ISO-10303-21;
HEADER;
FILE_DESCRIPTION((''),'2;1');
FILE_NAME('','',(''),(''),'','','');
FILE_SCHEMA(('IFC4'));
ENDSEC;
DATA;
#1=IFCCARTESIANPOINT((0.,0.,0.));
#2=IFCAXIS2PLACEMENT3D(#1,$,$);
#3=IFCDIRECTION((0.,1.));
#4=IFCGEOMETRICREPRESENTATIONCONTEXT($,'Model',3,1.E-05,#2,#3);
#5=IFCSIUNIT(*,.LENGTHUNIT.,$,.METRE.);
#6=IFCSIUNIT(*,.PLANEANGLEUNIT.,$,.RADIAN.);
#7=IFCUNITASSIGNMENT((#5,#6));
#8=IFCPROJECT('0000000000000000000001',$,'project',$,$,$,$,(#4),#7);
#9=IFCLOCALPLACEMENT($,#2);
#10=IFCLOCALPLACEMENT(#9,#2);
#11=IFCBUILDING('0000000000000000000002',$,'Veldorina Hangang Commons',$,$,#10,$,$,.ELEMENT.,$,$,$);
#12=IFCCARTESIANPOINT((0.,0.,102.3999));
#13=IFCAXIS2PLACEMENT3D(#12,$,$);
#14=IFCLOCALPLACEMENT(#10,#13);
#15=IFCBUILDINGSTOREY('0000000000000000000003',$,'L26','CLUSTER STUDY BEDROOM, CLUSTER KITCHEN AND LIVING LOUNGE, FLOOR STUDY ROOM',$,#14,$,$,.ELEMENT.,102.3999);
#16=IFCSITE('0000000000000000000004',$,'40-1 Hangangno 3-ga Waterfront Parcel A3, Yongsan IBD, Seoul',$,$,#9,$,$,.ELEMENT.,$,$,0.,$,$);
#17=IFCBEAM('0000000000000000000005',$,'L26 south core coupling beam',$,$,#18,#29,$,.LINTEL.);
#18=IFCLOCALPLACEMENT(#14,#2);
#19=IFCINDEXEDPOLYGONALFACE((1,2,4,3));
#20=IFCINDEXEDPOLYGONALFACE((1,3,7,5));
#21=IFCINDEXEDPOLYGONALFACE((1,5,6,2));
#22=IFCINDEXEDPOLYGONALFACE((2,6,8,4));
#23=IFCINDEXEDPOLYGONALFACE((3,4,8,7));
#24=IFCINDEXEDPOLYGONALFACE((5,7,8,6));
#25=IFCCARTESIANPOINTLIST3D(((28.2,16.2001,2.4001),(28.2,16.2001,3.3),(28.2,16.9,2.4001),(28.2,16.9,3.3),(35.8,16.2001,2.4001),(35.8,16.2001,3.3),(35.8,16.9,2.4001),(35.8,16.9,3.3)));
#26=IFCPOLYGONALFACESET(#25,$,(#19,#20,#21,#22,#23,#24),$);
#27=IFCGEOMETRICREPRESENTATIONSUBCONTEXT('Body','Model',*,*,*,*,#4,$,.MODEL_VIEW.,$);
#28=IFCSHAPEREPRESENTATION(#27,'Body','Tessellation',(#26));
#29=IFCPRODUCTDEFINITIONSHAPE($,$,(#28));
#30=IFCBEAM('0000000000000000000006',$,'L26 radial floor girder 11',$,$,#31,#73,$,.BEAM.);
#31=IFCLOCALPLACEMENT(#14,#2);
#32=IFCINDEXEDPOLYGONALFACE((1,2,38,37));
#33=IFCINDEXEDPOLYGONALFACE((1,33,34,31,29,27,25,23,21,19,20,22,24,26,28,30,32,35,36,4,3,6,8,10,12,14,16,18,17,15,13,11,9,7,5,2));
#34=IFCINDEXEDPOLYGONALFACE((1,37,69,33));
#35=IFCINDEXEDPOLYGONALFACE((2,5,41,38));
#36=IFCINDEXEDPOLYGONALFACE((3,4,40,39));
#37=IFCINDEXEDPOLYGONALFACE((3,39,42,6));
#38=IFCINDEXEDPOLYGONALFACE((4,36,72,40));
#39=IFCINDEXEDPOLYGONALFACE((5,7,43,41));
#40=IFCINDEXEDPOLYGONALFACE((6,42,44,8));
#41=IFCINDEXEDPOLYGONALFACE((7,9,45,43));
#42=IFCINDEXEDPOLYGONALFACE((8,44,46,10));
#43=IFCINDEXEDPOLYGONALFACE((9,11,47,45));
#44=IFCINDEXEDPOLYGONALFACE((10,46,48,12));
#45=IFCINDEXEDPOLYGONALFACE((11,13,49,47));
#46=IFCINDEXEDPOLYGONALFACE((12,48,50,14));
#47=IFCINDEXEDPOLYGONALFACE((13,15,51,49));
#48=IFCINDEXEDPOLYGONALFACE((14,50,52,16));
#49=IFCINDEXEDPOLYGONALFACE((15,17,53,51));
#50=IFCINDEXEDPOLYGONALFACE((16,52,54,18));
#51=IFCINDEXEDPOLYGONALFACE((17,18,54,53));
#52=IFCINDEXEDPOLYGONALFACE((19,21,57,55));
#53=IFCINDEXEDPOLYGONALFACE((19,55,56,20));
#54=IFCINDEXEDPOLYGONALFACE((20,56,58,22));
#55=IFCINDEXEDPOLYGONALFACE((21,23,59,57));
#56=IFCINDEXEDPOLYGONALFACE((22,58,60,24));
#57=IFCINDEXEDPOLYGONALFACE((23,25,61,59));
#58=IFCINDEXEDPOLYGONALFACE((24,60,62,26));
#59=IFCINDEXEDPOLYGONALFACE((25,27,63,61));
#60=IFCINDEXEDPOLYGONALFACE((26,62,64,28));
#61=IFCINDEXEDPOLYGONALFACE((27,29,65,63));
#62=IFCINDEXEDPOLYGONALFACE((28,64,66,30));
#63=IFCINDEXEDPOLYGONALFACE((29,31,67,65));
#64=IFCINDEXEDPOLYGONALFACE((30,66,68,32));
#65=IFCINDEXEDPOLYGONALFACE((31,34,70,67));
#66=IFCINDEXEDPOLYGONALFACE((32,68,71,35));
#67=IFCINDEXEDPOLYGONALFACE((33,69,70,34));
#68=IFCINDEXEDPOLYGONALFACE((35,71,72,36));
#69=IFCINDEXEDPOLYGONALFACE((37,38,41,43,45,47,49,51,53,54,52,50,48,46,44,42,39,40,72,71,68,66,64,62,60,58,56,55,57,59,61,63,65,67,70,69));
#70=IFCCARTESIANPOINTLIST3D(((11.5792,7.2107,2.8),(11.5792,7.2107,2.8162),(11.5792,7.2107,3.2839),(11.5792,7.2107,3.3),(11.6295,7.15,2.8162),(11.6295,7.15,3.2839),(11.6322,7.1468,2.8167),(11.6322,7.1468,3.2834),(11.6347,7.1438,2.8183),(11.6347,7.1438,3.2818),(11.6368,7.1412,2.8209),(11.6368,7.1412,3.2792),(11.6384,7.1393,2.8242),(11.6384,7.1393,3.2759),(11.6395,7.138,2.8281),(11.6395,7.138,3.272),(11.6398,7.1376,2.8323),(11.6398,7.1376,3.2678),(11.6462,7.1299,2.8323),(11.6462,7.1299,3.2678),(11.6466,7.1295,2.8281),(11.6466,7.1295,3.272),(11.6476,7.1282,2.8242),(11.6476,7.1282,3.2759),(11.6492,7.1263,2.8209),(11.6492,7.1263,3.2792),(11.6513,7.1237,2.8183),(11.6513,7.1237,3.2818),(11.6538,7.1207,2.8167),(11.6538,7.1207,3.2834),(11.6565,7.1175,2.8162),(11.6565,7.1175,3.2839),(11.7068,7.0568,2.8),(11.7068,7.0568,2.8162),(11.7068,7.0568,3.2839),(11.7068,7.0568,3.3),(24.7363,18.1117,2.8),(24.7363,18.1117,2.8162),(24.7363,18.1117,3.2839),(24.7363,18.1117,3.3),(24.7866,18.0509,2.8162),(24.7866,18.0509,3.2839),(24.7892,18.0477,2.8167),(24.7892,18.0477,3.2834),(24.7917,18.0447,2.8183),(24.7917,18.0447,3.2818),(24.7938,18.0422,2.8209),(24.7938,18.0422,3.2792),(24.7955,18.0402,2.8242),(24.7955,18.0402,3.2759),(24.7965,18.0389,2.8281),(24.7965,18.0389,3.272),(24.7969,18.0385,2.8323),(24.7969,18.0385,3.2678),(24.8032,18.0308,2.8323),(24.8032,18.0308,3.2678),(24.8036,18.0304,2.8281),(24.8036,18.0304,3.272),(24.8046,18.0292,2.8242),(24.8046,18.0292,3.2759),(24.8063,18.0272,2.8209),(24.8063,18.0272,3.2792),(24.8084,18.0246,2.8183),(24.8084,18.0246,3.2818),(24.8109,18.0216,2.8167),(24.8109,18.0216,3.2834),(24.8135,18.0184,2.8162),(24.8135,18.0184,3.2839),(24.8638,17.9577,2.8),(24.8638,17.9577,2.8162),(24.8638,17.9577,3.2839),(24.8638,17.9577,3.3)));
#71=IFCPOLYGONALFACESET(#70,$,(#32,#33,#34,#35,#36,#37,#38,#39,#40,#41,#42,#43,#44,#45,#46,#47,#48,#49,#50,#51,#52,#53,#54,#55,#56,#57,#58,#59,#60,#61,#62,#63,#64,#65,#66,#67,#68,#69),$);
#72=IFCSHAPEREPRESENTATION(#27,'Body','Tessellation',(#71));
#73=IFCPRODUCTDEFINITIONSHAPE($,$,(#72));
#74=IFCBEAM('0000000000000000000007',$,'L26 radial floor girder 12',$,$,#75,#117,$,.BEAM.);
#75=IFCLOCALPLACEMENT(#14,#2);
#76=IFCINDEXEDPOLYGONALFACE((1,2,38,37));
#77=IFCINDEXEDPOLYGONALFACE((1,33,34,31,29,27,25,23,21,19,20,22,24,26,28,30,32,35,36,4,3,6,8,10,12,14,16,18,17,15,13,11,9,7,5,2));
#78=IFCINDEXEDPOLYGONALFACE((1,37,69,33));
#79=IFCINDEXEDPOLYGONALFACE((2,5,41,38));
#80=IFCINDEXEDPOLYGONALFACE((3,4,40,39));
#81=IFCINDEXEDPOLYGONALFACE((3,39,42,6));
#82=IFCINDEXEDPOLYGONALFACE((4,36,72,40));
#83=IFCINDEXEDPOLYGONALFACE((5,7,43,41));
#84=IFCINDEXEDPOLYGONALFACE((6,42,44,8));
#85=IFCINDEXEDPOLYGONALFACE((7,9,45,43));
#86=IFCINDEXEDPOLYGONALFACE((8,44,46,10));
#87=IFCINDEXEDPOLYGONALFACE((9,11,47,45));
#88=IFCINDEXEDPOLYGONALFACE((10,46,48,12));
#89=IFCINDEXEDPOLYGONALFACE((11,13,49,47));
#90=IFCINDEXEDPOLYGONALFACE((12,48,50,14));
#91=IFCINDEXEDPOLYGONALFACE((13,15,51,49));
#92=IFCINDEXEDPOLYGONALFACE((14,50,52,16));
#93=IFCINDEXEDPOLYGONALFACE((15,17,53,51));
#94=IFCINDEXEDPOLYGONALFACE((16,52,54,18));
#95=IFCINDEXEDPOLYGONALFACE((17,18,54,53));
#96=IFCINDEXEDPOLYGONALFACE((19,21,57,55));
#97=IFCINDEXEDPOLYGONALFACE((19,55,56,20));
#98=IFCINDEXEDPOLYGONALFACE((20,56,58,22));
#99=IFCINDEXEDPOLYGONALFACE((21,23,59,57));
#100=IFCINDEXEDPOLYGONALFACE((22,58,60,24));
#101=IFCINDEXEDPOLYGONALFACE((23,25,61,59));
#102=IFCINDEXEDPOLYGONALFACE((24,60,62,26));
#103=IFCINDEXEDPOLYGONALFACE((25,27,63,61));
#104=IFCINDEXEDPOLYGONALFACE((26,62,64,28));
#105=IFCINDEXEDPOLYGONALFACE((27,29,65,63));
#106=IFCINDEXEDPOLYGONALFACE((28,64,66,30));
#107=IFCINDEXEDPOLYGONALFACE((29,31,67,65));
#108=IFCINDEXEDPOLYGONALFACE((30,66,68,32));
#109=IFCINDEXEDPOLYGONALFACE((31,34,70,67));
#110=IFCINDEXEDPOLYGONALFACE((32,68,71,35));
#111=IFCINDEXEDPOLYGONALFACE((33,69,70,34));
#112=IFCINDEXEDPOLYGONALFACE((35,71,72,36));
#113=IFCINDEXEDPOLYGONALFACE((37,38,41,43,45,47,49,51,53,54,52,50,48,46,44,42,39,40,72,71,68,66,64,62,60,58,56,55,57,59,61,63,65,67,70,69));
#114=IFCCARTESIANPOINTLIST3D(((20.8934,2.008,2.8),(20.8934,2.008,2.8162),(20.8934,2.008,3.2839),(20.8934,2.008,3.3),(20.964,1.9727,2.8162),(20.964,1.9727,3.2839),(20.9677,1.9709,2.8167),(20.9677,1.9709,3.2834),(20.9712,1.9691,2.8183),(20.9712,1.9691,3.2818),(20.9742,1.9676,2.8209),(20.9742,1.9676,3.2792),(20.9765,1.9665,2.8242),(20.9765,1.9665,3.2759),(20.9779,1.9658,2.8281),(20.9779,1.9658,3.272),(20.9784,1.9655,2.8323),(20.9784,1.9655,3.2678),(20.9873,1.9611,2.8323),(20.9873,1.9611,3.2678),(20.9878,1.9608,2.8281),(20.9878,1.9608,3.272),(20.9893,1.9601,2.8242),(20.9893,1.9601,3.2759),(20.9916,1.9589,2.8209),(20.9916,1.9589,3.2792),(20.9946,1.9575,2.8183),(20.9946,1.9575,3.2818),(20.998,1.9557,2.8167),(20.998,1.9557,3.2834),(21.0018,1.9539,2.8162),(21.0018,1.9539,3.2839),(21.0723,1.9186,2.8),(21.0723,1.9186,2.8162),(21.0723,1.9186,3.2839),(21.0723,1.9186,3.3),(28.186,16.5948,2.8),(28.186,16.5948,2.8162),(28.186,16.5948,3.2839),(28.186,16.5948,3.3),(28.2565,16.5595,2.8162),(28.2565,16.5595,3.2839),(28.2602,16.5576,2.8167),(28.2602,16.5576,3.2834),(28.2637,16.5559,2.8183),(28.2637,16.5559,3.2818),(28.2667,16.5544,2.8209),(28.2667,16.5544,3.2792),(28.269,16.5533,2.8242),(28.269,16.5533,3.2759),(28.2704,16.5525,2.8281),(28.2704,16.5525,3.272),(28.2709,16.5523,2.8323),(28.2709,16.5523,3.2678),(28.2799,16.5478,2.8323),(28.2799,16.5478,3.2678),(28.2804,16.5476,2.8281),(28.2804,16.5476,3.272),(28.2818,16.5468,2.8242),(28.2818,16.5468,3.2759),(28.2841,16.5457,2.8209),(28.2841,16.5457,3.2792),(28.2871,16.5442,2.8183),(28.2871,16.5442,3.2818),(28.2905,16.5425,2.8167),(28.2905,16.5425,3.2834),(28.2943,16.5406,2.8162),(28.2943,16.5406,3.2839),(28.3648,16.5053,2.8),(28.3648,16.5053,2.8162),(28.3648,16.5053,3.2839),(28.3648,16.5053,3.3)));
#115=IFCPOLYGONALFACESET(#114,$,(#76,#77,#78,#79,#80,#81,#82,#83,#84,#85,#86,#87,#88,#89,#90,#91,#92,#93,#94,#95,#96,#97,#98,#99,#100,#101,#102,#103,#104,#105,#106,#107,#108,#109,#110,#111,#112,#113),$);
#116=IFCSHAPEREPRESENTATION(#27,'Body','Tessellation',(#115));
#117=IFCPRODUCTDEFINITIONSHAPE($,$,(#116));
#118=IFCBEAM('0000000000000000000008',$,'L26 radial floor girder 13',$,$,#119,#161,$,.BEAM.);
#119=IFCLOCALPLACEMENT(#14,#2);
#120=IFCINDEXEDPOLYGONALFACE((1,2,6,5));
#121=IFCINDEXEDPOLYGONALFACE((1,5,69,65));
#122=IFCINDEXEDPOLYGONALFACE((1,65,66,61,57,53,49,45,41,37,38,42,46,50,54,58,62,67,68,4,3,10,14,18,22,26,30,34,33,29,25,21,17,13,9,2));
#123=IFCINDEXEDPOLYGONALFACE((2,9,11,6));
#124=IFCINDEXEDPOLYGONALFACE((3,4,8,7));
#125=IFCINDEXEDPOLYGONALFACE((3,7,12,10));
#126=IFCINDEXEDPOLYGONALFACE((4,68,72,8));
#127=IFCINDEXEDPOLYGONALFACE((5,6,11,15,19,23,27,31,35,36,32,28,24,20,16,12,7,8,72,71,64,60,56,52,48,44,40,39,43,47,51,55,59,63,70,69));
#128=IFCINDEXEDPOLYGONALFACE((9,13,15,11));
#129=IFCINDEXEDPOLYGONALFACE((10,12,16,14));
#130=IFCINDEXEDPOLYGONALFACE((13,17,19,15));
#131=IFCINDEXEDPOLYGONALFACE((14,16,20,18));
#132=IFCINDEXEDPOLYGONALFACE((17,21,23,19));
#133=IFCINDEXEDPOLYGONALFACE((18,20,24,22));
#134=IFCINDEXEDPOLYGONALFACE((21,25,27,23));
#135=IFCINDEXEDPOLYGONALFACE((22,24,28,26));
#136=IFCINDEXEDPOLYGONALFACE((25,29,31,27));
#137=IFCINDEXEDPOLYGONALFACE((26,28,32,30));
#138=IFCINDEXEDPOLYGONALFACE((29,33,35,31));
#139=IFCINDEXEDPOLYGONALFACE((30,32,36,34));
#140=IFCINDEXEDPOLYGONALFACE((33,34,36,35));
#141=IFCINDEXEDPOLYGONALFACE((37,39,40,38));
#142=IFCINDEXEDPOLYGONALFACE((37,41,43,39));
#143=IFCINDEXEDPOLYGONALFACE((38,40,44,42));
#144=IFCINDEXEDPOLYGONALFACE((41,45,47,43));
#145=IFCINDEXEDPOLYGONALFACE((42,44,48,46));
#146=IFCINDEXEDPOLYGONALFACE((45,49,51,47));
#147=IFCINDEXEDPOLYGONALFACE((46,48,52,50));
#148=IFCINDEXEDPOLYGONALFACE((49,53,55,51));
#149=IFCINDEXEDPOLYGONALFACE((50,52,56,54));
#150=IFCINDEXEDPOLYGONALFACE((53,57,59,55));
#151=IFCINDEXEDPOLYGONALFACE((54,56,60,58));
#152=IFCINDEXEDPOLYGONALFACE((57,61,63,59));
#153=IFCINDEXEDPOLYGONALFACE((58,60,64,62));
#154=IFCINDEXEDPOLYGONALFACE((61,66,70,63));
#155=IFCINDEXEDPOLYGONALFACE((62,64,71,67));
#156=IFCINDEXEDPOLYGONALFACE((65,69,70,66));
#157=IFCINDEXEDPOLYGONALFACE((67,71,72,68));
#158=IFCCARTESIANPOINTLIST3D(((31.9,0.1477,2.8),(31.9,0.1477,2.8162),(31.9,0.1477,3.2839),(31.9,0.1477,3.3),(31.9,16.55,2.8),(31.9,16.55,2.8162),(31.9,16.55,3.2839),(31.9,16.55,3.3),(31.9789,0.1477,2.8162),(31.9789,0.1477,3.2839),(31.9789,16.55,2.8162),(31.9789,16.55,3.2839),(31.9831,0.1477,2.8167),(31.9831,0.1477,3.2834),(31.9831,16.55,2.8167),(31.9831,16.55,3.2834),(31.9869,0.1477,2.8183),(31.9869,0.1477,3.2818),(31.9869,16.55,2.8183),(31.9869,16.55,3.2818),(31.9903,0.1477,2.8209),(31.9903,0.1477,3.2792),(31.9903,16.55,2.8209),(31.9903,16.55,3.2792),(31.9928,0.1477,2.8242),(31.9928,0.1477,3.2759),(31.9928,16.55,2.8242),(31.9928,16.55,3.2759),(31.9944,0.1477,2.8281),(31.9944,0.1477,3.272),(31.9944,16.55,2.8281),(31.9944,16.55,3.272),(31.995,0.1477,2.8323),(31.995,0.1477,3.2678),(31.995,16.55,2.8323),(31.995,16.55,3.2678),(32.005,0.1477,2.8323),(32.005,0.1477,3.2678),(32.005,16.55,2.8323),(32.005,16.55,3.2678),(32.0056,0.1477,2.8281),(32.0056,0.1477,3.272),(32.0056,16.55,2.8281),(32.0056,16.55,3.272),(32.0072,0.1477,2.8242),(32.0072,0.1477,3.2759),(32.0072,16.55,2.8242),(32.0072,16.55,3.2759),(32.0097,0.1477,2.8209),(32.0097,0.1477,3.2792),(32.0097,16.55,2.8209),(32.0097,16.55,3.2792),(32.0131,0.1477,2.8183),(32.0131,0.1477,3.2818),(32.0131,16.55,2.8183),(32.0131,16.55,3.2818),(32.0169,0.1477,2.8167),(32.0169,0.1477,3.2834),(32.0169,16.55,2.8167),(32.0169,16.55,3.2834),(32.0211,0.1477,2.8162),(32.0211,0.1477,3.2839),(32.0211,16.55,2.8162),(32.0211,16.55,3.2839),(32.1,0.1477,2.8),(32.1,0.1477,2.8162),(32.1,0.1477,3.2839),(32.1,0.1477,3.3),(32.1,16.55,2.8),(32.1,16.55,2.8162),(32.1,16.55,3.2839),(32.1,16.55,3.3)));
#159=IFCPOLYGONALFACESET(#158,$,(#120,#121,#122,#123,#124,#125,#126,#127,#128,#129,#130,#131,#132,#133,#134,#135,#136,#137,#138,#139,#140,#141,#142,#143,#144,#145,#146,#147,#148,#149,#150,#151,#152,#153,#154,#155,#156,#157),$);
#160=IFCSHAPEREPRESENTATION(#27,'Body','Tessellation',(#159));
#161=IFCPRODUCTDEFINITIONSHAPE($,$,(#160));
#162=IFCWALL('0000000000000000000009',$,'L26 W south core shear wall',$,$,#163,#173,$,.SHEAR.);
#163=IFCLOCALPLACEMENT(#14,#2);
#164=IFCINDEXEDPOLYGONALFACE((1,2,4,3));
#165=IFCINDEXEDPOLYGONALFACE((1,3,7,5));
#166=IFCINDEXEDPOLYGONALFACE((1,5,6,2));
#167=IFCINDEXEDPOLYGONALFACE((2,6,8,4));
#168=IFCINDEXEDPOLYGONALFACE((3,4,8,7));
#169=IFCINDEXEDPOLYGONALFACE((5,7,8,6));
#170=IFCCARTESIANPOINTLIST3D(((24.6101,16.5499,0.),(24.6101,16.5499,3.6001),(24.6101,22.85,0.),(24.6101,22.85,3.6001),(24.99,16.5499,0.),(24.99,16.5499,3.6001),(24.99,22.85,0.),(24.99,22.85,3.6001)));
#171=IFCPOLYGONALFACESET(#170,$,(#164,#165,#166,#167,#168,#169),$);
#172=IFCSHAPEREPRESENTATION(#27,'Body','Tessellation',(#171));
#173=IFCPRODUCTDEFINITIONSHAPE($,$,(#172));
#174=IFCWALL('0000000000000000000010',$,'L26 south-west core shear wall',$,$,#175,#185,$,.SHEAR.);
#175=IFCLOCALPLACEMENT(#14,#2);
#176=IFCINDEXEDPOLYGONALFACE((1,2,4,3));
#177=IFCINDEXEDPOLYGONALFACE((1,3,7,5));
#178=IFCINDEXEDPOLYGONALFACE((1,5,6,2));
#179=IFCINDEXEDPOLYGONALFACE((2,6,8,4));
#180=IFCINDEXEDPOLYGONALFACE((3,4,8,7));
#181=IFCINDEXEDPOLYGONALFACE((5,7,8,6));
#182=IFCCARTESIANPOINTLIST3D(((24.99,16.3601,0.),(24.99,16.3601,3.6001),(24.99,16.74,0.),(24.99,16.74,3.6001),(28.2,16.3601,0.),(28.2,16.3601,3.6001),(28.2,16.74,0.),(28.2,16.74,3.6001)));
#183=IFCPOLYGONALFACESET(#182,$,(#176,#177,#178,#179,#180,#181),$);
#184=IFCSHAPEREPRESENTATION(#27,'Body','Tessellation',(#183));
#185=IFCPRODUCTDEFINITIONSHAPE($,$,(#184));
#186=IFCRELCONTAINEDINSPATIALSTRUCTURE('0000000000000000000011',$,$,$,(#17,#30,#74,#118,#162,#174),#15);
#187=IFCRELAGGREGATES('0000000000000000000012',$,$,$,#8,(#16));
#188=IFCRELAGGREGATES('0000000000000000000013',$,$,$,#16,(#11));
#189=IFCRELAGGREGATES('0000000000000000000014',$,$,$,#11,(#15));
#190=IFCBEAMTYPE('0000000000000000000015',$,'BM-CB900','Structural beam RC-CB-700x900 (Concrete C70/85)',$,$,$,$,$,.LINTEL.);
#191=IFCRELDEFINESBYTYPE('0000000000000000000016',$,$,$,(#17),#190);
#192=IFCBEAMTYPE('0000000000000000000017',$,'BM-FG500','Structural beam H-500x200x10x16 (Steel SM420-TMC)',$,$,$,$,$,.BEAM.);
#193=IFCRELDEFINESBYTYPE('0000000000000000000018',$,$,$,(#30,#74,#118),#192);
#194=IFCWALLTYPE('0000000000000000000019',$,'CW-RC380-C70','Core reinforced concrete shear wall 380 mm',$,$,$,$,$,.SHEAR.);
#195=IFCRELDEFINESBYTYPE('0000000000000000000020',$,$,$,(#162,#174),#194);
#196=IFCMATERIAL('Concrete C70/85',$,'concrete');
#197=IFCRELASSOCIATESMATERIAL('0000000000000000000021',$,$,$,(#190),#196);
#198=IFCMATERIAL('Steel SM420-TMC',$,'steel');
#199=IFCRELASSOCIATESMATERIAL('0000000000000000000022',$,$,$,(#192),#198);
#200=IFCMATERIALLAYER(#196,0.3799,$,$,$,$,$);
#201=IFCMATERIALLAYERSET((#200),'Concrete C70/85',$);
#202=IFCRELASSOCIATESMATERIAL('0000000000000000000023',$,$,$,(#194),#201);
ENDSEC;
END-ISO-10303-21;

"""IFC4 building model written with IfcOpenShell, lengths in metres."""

from ifc_helpers import new_model, si_unit, direction, frame, frame_2d, origin, origin_2d, place, context, subcontext, project, spatial, rectangle, i_section, extrude, material, layer, layer_set, material_profile, profile_set, type_object, element, save


model = new_model("IFC4")

# Units and contexts
model_context = context("Model", 3, precision=1e-05, world=origin(), true_north=direction((0.0, 1.0)))
body_context = subcontext(model_context, "Body", "Model", "MODEL_VIEW")
ifc_project = project(units=[si_unit("LENGTHUNIT", "METRE"), si_unit("PLANEANGLEUNIT", "RADIAN")], contexts=[model_context])

# Site, building, storey
site_placement = place(None, origin())
site = spatial("IfcSite", under=ifc_project, at=site_placement, Name="40-1 Hangangno 3-ga Waterfront Parcel A3, Yongsan IBD, Seoul", CompositionType="ELEMENT", RefElevation=0.0)
building_placement = place(site_placement, origin())
building = spatial("IfcBuilding", under=site, at=building_placement, Name="Veldorina Hangang Commons", CompositionType="ELEMENT")
storey_placement = place(building_placement, frame((0.0, 0.0, 102.3999)))
storey = spatial("IfcBuildingStorey", under=building, at=storey_placement, Name="L26", Description="CLUSTER STUDY BEDROOM, CLUSTER KITCHEN AND LIVING LOUNGE, FLOOR STUDY ROOM", CompositionType="ELEMENT", Elevation=102.3999)

# Beams
ifc_material_1 = material(Name="Concrete C70/85", Category="concrete")
ifc_material_profile_1 = material_profile(ifc_material_1, rectangle(XDim=0.7, YDim=0.8999, at=origin_2d()), Name="RC-CB-700x900")
ifc_profile_set_1 = profile_set([ifc_material_profile_1], Name="Concrete C70/85")
beam_type_1 = type_object("IfcBeamType", Name="BM-CB900", Description="Structural beam RC-CB-700x900 (Concrete C70/85)", PredefinedType="LINTEL", material=ifc_profile_set_1)
beam_1_placement = place(storey_placement, frame((28.2, 16.55, 2.8501), z_axis=(1.0, 0.0, 0.0), x_axis=(0.0, 1.0, 0.0)))
element("IfcBeam", 1, at=beam_1_placement, inside=storey, type_object=beam_type_1, Name="L26 south core coupling beam", PredefinedType="LINTEL", context=body_context, shape_type="SweptSolid", body=[
    extrude(rectangle(XDim=0.7, YDim=0.8999, at=origin_2d()), origin(), (0.0, 0.0, 1.0), 7.6001),
])
ifc_material_2 = material(Name="Steel SM420-TMC", Category="steel")
ifc_material_profile_2 = material_profile(ifc_material_2, i_section(OverallWidth=0.2, OverallDepth=0.5, WebThickness=0.01, FlangeThickness=0.0161, FilletRadius=0.0161, at=origin_2d()), Name="H-500x200x10x16")
ifc_profile_set_2 = profile_set([ifc_material_profile_2], Name="Steel SM420-TMC")
beam_type_2 = type_object("IfcBeamType", Name="BM-FG500", Description="Structural beam H-500x200x10x16 (Steel SM420-TMC)", PredefinedType="BEAM", material=ifc_profile_set_2)
beam_2_placement = place(storey_placement, frame((24.8, 18.0347, 3.05), z_axis=(-0.770039, -0.637996, 0.0), x_axis=(0.637996, -0.770039, 0.0)))
element("IfcBeam", 2, at=beam_2_placement, inside=storey, type_object=beam_type_2, Name="L26 radial floor girder 11", PredefinedType="BEAM", context=body_context, shape_type="SweptSolid", body=[
    extrude(i_section(OverallWidth=0.2, OverallDepth=0.5, WebThickness=0.01, FlangeThickness=0.0161, FilletRadius=0.0161, at=origin_2d()), origin(), (0.0, 0.0, 1.0), 17.0862),
])
beam_3_placement = place(storey_placement, frame((28.2754, 16.55, 3.05), z_axis=(-0.447172, -0.894448, 0.0), x_axis=(0.894448, -0.447172, 0.0)))
element("IfcBeam", 3, at=beam_3_placement, inside=storey, type_object=beam_type_2, Name="L26 radial floor girder 12", PredefinedType="BEAM", context=body_context, shape_type="SweptSolid", body=[
    extrude(i_section(OverallWidth=0.2, OverallDepth=0.5, WebThickness=0.01, FlangeThickness=0.0161, FilletRadius=0.0161, at=origin_2d()), origin(), (0.0, 0.0, 1.0), 16.3081),
])
beam_4_placement = place(storey_placement, frame((32.0, 16.55, 3.05), z_axis=(0.0, -1.0, 0.0), x_axis=(1.0, 0.0, 0.0)))
element("IfcBeam", 4, at=beam_4_placement, inside=storey, type_object=beam_type_2, Name="L26 radial floor girder 13", PredefinedType="BEAM", context=body_context, shape_type="SweptSolid", body=[
    extrude(i_section(OverallWidth=0.2, OverallDepth=0.5, WebThickness=0.01, FlangeThickness=0.0161, FilletRadius=0.0161, at=origin_2d()), origin(), (0.0, 0.0, 1.0), 16.4023),
])

# Walls
ifc_layer_1 = layer(ifc_material_1, 0.3799)
ifc_layer_set_1 = layer_set([ifc_layer_1], Name="Concrete C70/85")
wall_type_1 = type_object("IfcWallType", Name="CW-RC380-C70", Description="Core reinforced concrete shear wall 380 mm", PredefinedType="SHEAR", material=ifc_layer_set_1)
wall_1_placement = place(storey_placement, frame((24.8, 16.55, 0.0), z_axis=(0.0, 0.0, 1.0), x_axis=(0.0, 1.0, 0.0)))
element("IfcWall", 5, at=wall_1_placement, inside=storey, type_object=wall_type_1, Name="L26 W south core shear wall", PredefinedType="SHEAR", context=body_context, shape_type="SweptSolid", body=[
    extrude(rectangle(XDim=6.3, YDim=0.3799, at=frame_2d((3.1499, 0.0))), origin(), (0.0, 0.0, 1.0), 3.6001),
])
wall_2_placement = place(storey_placement, frame((24.99, 16.55, 0.0), z_axis=(0.0, 0.0, 1.0), x_axis=(1.0, 0.0, 0.0)))
element("IfcWall", 6, at=wall_2_placement, inside=storey, type_object=wall_type_1, Name="L26 south-west core shear wall", PredefinedType="SHEAR", context=body_context, shape_type="SweptSolid", body=[
    extrude(rectangle(XDim=3.21, YDim=0.3799, at=frame_2d((1.605, 0.0))), origin(), (0.0, 0.0, 1.0), 3.6001),
])

save(model, "model.ifc")
